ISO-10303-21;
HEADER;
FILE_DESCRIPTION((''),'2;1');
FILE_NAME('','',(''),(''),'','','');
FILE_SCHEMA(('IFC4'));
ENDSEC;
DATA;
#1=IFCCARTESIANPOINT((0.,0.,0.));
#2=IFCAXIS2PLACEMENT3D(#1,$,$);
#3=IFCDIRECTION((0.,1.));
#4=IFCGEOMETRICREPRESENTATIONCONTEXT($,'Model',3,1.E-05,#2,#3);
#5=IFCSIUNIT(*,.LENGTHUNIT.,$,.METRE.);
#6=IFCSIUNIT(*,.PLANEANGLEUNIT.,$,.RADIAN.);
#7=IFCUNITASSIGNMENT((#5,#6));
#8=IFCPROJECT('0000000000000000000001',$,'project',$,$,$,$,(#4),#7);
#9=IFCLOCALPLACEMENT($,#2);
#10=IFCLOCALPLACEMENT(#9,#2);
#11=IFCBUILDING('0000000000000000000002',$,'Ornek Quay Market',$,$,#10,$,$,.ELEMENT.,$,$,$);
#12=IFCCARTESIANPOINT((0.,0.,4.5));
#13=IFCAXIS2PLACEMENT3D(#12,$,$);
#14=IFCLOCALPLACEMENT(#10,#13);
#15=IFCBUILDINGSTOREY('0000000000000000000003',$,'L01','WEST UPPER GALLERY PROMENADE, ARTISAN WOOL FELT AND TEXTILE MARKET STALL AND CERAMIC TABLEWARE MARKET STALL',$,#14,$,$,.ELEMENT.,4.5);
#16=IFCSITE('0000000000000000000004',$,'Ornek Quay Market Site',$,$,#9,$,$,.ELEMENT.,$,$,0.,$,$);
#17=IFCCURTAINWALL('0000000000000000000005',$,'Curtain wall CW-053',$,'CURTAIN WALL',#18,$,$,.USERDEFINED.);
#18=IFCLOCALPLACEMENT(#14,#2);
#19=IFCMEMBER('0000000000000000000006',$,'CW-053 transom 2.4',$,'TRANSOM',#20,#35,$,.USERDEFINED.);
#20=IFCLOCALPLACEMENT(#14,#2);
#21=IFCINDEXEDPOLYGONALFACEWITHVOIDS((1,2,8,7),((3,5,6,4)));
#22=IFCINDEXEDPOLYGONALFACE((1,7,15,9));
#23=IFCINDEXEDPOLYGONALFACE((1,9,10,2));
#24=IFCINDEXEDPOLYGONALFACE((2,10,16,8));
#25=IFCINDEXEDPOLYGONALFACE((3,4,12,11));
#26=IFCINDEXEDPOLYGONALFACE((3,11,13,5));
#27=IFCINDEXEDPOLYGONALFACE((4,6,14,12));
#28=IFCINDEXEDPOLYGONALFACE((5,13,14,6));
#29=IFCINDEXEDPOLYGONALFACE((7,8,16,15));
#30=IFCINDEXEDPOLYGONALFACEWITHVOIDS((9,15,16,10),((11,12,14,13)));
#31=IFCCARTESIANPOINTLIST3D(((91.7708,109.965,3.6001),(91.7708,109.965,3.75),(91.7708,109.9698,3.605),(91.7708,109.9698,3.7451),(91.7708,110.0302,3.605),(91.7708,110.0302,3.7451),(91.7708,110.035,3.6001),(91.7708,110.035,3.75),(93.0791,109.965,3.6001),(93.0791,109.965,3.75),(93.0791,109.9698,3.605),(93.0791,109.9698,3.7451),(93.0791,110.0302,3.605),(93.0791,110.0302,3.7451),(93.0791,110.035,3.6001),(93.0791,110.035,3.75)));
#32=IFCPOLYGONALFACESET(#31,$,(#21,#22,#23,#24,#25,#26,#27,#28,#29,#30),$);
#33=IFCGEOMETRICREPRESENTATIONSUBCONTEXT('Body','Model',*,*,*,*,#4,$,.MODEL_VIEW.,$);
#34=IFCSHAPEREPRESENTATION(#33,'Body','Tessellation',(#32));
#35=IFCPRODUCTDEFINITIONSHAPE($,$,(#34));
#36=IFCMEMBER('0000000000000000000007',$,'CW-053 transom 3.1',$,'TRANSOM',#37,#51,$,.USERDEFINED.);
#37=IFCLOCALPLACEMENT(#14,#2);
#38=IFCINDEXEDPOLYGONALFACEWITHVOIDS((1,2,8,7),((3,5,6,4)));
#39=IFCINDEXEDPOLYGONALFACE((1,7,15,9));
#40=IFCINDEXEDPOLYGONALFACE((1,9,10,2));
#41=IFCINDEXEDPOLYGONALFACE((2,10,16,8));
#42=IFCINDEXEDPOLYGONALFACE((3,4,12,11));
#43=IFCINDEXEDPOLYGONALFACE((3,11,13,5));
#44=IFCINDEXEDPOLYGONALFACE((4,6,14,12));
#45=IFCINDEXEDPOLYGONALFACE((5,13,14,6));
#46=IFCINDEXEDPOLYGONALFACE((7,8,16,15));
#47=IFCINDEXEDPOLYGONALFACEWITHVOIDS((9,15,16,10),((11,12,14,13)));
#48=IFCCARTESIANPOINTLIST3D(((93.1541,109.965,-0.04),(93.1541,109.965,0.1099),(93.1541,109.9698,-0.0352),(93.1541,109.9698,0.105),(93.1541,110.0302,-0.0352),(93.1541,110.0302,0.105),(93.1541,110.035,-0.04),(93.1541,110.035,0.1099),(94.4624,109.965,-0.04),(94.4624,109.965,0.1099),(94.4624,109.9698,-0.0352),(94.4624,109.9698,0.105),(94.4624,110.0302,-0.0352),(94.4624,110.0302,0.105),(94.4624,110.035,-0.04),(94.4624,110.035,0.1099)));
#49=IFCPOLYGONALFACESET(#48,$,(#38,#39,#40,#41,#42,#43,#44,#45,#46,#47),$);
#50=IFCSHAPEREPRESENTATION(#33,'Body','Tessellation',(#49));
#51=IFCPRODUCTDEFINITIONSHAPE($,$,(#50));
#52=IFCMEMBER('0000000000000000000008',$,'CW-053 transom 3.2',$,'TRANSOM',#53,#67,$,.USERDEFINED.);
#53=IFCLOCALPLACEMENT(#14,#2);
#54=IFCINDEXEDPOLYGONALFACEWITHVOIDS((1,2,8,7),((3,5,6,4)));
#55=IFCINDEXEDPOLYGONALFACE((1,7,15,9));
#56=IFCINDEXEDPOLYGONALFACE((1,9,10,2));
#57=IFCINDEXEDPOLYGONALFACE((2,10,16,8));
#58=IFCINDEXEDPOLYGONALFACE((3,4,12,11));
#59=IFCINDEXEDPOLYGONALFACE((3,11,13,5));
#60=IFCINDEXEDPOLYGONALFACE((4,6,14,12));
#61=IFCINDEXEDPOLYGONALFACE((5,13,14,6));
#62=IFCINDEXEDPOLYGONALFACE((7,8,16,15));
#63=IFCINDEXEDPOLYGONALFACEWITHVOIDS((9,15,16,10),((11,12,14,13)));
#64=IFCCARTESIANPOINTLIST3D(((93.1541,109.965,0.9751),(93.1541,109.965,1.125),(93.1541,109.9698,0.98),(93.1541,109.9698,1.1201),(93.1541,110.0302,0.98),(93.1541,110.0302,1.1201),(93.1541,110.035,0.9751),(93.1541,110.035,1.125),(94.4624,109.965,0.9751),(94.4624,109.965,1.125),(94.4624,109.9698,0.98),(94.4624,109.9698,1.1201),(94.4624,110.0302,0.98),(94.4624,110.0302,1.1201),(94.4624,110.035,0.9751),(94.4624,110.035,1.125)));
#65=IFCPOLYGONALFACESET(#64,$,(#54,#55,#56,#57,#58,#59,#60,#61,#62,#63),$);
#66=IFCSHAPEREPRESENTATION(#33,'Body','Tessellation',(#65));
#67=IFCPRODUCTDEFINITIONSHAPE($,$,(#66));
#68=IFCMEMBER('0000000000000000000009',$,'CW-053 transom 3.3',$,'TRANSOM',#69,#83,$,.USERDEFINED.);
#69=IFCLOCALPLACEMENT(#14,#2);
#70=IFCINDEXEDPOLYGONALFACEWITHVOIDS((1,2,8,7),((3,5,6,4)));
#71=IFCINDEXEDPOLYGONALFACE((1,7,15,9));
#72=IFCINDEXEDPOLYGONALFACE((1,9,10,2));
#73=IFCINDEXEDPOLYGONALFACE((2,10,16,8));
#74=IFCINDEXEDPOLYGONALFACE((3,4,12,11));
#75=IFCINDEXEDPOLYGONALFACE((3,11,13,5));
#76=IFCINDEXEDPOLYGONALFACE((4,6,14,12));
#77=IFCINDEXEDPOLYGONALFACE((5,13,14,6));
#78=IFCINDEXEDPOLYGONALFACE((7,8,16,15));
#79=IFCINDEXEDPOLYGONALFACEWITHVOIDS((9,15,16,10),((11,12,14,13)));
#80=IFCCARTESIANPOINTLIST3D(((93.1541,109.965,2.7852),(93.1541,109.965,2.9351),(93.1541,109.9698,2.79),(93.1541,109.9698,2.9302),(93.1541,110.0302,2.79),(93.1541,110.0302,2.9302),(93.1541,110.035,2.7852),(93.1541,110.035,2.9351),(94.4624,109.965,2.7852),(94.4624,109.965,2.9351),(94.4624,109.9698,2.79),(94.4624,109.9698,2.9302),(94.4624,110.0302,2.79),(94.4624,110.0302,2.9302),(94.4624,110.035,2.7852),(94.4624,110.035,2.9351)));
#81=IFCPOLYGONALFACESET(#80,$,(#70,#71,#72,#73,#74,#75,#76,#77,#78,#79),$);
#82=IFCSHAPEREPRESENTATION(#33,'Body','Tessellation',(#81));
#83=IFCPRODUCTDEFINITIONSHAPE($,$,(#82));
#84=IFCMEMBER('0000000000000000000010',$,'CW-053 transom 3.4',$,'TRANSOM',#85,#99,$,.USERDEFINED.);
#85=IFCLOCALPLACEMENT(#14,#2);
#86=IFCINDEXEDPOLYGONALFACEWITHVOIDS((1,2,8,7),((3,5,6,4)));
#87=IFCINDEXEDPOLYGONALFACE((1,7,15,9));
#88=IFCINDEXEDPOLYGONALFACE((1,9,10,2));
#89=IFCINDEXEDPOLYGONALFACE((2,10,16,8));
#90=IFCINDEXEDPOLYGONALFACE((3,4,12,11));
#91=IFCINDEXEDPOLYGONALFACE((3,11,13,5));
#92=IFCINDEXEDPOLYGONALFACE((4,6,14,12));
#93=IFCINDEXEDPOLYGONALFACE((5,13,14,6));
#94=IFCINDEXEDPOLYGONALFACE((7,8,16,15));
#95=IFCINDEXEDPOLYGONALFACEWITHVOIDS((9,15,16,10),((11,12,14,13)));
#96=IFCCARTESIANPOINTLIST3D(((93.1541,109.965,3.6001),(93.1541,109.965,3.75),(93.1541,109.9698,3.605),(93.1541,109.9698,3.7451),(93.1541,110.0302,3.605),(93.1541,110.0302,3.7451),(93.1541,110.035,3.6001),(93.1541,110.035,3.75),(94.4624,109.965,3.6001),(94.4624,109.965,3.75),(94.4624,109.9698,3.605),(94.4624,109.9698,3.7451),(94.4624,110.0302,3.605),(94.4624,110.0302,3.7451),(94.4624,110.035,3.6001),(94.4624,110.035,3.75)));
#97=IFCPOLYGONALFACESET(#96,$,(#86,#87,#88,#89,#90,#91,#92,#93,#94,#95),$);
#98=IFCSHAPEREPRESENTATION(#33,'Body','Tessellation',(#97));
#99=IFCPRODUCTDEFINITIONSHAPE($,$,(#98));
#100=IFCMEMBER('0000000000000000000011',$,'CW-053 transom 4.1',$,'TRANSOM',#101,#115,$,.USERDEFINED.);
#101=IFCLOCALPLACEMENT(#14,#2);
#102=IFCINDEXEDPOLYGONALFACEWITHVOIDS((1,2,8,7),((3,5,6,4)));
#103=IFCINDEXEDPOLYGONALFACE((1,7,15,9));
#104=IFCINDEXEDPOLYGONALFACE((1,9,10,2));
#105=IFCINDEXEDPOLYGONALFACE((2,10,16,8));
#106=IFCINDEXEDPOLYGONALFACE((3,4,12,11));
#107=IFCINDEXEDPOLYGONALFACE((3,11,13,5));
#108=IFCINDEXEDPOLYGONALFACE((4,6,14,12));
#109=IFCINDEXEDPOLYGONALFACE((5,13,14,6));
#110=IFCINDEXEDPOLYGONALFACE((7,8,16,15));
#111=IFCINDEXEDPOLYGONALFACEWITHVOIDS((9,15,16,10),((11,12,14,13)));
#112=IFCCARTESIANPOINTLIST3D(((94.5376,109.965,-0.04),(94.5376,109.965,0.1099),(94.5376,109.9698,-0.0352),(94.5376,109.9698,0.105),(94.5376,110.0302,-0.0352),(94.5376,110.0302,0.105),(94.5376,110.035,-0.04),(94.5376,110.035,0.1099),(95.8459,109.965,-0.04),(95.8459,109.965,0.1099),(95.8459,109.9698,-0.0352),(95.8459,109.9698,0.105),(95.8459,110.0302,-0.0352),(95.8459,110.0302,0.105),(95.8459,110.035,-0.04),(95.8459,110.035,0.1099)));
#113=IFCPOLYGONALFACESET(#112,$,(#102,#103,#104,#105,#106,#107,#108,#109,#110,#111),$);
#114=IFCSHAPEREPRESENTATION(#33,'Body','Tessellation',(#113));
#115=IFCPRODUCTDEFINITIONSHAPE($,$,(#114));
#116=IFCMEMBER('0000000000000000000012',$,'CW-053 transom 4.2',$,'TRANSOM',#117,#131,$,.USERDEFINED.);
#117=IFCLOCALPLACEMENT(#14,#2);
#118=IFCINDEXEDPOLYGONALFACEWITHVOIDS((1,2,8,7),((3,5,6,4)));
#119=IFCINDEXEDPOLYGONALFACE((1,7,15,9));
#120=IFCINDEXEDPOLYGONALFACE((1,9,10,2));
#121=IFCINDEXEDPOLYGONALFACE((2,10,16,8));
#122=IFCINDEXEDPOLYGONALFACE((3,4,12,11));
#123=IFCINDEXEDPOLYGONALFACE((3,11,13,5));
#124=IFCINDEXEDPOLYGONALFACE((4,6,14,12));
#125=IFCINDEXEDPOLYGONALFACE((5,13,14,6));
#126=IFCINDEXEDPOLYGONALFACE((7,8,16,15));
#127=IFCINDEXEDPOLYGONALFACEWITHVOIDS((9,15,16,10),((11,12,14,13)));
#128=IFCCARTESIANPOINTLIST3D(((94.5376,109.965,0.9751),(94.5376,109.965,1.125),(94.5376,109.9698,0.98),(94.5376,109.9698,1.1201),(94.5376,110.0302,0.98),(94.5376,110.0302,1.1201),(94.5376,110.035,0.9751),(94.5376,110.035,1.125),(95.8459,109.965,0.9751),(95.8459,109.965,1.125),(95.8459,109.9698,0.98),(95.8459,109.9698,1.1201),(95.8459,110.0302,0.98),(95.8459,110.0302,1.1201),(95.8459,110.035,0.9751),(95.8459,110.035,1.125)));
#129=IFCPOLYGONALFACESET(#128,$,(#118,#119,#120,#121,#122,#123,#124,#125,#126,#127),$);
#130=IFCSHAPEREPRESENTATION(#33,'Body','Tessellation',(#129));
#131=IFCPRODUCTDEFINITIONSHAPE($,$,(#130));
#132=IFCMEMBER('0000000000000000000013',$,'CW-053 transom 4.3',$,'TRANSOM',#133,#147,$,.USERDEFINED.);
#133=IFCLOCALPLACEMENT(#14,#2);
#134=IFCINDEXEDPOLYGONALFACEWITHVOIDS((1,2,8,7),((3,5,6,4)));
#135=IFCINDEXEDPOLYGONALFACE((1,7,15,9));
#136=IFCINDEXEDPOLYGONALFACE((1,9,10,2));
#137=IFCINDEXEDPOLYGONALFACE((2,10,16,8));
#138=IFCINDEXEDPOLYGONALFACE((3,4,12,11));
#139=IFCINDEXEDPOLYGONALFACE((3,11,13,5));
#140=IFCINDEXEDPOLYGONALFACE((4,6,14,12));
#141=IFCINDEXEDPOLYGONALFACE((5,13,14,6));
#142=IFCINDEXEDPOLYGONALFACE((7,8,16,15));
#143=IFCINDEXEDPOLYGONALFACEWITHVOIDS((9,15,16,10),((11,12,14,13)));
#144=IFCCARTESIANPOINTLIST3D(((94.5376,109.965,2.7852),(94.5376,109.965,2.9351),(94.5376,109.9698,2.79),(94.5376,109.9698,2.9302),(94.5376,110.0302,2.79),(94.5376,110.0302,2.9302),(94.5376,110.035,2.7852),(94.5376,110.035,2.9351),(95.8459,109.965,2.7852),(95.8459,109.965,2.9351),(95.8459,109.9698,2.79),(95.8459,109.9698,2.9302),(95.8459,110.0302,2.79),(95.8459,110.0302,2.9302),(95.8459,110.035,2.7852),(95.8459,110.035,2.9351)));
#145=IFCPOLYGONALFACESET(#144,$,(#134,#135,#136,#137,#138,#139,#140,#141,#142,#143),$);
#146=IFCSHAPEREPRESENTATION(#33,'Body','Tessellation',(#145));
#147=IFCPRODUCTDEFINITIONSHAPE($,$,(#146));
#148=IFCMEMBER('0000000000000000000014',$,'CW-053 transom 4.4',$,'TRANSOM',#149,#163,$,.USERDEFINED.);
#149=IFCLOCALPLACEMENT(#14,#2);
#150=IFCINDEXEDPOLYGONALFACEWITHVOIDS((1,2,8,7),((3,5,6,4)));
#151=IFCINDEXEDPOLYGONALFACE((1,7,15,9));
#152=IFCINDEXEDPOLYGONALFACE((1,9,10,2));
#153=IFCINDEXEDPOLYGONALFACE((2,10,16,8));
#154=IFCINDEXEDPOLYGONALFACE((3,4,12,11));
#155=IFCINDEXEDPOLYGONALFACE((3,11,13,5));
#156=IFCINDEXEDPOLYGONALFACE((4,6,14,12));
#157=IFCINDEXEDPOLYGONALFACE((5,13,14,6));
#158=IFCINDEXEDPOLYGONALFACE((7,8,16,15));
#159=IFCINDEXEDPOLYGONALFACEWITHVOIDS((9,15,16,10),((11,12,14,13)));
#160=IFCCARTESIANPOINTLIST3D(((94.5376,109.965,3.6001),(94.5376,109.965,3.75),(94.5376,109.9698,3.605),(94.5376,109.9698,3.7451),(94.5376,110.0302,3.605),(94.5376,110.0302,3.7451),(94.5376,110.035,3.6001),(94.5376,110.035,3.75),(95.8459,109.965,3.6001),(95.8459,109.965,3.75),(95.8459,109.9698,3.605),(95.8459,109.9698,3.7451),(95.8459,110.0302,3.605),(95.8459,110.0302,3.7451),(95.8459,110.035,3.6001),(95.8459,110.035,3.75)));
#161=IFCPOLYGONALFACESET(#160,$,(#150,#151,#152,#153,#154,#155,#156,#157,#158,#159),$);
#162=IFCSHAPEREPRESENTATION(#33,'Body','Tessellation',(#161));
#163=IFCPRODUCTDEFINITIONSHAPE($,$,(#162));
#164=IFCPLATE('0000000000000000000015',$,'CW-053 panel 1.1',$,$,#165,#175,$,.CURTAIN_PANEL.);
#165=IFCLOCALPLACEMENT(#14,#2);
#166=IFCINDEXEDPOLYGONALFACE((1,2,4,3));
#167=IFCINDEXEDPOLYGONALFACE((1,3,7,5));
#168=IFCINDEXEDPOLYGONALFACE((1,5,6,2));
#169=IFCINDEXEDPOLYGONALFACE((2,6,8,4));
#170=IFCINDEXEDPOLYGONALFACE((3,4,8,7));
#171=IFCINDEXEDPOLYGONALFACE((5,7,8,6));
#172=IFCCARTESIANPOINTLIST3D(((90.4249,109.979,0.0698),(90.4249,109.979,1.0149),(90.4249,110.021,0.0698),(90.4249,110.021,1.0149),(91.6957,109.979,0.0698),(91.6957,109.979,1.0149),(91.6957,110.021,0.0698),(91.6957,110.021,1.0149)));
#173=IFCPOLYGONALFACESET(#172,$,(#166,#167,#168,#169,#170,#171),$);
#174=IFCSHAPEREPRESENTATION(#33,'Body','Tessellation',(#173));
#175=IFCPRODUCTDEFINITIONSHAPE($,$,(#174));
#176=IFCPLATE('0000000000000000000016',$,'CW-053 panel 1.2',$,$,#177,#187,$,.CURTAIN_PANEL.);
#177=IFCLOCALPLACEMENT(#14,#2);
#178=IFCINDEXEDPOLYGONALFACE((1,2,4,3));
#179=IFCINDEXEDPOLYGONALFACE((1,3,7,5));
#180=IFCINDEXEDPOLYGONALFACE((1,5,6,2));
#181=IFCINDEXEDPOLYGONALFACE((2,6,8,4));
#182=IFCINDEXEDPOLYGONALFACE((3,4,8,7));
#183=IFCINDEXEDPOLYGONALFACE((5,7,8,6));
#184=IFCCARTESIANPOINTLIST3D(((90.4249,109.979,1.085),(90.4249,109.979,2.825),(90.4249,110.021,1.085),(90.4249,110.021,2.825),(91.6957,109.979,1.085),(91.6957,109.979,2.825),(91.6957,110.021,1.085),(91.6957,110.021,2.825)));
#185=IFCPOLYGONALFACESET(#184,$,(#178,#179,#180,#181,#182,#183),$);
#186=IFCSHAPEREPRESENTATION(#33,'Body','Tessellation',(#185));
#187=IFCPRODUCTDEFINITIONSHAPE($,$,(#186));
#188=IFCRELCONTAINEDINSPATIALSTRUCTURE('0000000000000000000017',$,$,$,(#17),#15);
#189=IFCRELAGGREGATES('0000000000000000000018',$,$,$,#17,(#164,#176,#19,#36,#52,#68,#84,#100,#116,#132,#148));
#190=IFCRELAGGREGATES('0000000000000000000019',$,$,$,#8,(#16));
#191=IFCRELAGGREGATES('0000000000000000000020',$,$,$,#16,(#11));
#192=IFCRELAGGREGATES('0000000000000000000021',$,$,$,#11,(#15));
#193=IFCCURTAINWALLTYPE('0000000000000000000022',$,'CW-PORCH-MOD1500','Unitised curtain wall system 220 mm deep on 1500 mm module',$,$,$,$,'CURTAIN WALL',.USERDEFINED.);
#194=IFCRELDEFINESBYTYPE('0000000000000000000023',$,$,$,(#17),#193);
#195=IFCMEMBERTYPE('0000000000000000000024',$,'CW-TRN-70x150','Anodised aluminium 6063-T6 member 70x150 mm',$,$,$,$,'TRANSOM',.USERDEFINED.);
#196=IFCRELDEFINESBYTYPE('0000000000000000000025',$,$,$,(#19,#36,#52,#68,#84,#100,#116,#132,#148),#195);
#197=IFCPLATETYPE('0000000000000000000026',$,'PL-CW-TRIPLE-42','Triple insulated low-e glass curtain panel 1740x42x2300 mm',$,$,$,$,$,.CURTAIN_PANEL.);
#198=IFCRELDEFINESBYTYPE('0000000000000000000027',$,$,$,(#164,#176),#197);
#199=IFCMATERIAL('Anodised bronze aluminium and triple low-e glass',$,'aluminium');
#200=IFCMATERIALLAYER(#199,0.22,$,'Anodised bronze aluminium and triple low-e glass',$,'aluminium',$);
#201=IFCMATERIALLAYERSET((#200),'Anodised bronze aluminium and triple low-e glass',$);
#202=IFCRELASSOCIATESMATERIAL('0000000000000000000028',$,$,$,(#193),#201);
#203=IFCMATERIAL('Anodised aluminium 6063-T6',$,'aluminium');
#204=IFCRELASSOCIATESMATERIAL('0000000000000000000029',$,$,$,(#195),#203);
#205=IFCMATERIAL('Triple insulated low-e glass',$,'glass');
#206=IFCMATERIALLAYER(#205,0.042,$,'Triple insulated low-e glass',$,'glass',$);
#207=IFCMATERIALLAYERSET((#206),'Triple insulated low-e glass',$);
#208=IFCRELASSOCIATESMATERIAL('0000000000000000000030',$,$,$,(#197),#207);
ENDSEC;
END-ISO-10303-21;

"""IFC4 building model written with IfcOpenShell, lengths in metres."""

from ifc_helpers import new_model, si_unit, direction, frame, origin, origin_2d, place, context, subcontext, project, spatial, rectangle, hollow_rectangle, extrude, material, layer, layer_set, material_profile, profile_set, type_object, element, aggregate, save


model = new_model("IFC4")

# Units and contexts
model_context = context("Model", 3, precision=1e-05, world=origin(), true_north=direction((0.0, 1.0)))
body_context = subcontext(model_context, "Body", "Model", "MODEL_VIEW")
ifc_project = project(units=[si_unit("LENGTHUNIT", "METRE"), si_unit("PLANEANGLEUNIT", "RADIAN")], contexts=[model_context])

# Site, building, storey
site_placement = place(None, origin())
site = spatial("IfcSite", under=ifc_project, at=site_placement, Name="Ornek Quay Market Site", CompositionType="ELEMENT", RefElevation=0.0)
building_placement = place(site_placement, origin())
building = spatial("IfcBuilding", under=site, at=building_placement, Name="Ornek Quay Market", CompositionType="ELEMENT")
storey_placement = place(building_placement, frame((0.0, 0.0, 4.5)))
storey = spatial("IfcBuildingStorey", under=building, at=storey_placement, Name="L01", Description="WEST UPPER GALLERY PROMENADE, ARTISAN WOOL FELT AND TEXTILE MARKET STALL AND CERAMIC TABLEWARE MARKET STALL", CompositionType="ELEMENT", Elevation=4.5)

# Curtain wall, members, plates
ifc_material_1 = material(Name="Anodised bronze aluminium and triple low-e glass", Category="aluminium")
ifc_layer_1 = layer(ifc_material_1, 0.22, Name="Anodised bronze aluminium and triple low-e glass", Category="aluminium")
ifc_layer_set_1 = layer_set([ifc_layer_1], Name="Anodised bronze aluminium and triple low-e glass")
curtain_wall_type = type_object("IfcCurtainWallType", Name="CW-PORCH-MOD1500", Description="Unitised curtain wall system 220 mm deep on 1500 mm module", ElementType="CURTAIN WALL", PredefinedType="USERDEFINED", material=ifc_layer_set_1)
curtain_wall_placement = place(storey_placement, origin())
curtain_wall = element("IfcCurtainWall", 1, at=curtain_wall_placement, inside=storey, type_object=curtain_wall_type, Name="Curtain wall CW-053", ObjectType="CURTAIN WALL", PredefinedType="USERDEFINED")
ifc_material_2 = material(Name="Anodised aluminium 6063-T6", Category="aluminium")
ifc_material_profile_1 = material_profile(ifc_material_2, hollow_rectangle(XDim=0.0701, YDim=0.1499, WallThickness=0.0049, at=origin_2d()), Name="CW-TRN-70x150", Category="aluminium")
ifc_profile_set_1 = profile_set([ifc_material_profile_1], Name="Anodised aluminium 6063-T6")
member_type_1 = type_object("IfcMemberType", Name="CW-TRN-70x150", Description="Anodised aluminium 6063-T6 member 70x150 mm", ElementType="TRANSOM", PredefinedType="USERDEFINED", material=ifc_profile_set_1)
member_1_placement = place(storey_placement, frame((91.7708, 110.0, 3.675), z_axis=(1.0, 0.0, 0.0), x_axis=(0.0, 1.0, 0.0)))
member_1 = element("IfcMember", 2, at=member_1_placement, type_object=member_type_1, Name="CW-053 transom 2.4", ObjectType="TRANSOM", PredefinedType="USERDEFINED", context=body_context, shape_type="SweptSolid", body=[
    extrude(hollow_rectangle(XDim=0.0701, YDim=0.1499, WallThickness=0.0049, at=origin_2d()), origin(), (0.0, 0.0, 1.0), 1.3083),
])
member_2_placement = place(storey_placement, frame((93.1541, 110.0, 0.0349), z_axis=(1.0, 0.0, 0.0), x_axis=(0.0, 1.0, 0.0)))
member_2 = element("IfcMember", 3, at=member_2_placement, type_object=member_type_1, Name="CW-053 transom 3.1", ObjectType="TRANSOM", PredefinedType="USERDEFINED", context=body_context, shape_type="SweptSolid", body=[
    extrude(hollow_rectangle(XDim=0.0701, YDim=0.1499, WallThickness=0.0049, at=origin_2d()), origin(), (0.0, 0.0, 1.0), 1.3083),
])
member_3_placement = place(storey_placement, frame((93.1541, 110.0, 1.05), z_axis=(1.0, 0.0, 0.0), x_axis=(0.0, 1.0, 0.0)))
member_3 = element("IfcMember", 4, at=member_3_placement, type_object=member_type_1, Name="CW-053 transom 3.2", ObjectType="TRANSOM", PredefinedType="USERDEFINED", context=body_context, shape_type="SweptSolid", body=[
    extrude(hollow_rectangle(XDim=0.0701, YDim=0.1499, WallThickness=0.0049, at=origin_2d()), origin(), (0.0, 0.0, 1.0), 1.3083),
])
member_4_placement = place(storey_placement, frame((93.1541, 110.0, 2.8601), z_axis=(1.0, 0.0, 0.0), x_axis=(0.0, 1.0, 0.0)))
member_4 = element("IfcMember", 5, at=member_4_placement, type_object=member_type_1, Name="CW-053 transom 3.3", ObjectType="TRANSOM", PredefinedType="USERDEFINED", context=body_context, shape_type="SweptSolid", body=[
    extrude(hollow_rectangle(XDim=0.0701, YDim=0.1499, WallThickness=0.0049, at=origin_2d()), origin(), (0.0, 0.0, 1.0), 1.3083),
])
member_5_placement = place(storey_placement, frame((93.1541, 110.0, 3.675), z_axis=(1.0, 0.0, 0.0), x_axis=(0.0, 1.0, 0.0)))
member_5 = element("IfcMember", 6, at=member_5_placement, type_object=member_type_1, Name="CW-053 transom 3.4", ObjectType="TRANSOM", PredefinedType="USERDEFINED", context=body_context, shape_type="SweptSolid", body=[
    extrude(hollow_rectangle(XDim=0.0701, YDim=0.1499, WallThickness=0.0049, at=origin_2d()), origin(), (0.0, 0.0, 1.0), 1.3083),
])
member_6_placement = place(storey_placement, frame((94.5376, 110.0, 0.0349), z_axis=(1.0, 0.0, 0.0), x_axis=(0.0, 1.0, 0.0)))
member_6 = element("IfcMember", 7, at=member_6_placement, type_object=member_type_1, Name="CW-053 transom 4.1", ObjectType="TRANSOM", PredefinedType="USERDEFINED", context=body_context, shape_type="SweptSolid", body=[
    extrude(hollow_rectangle(XDim=0.0701, YDim=0.1499, WallThickness=0.0049, at=origin_2d()), origin(), (0.0, 0.0, 1.0), 1.3083),
])
member_7_placement = place(storey_placement, frame((94.5376, 110.0, 1.05), z_axis=(1.0, 0.0, 0.0), x_axis=(0.0, 1.0, 0.0)))
member_7 = element("IfcMember", 8, at=member_7_placement, type_object=member_type_1, Name="CW-053 transom 4.2", ObjectType="TRANSOM", PredefinedType="USERDEFINED", context=body_context, shape_type="SweptSolid", body=[
    extrude(hollow_rectangle(XDim=0.0701, YDim=0.1499, WallThickness=0.0049, at=origin_2d()), origin(), (0.0, 0.0, 1.0), 1.3083),
])
member_8_placement = place(storey_placement, frame((94.5376, 110.0, 2.8601), z_axis=(1.0, 0.0, 0.0), x_axis=(0.0, 1.0, 0.0)))
member_8 = element("IfcMember", 9, at=member_8_placement, type_object=member_type_1, Name="CW-053 transom 4.3", ObjectType="TRANSOM", PredefinedType="USERDEFINED", context=body_context, shape_type="SweptSolid", body=[
    extrude(hollow_rectangle(XDim=0.0701, YDim=0.1499, WallThickness=0.0049, at=origin_2d()), origin(), (0.0, 0.0, 1.0), 1.3083),
])
member_9_placement = place(storey_placement, frame((94.5376, 110.0, 3.675), z_axis=(1.0, 0.0, 0.0), x_axis=(0.0, 1.0, 0.0)))
member_9 = element("IfcMember", 10, at=member_9_placement, type_object=member_type_1, Name="CW-053 transom 4.4", ObjectType="TRANSOM", PredefinedType="USERDEFINED", context=body_context, shape_type="SweptSolid", body=[
    extrude(hollow_rectangle(XDim=0.0701, YDim=0.1499, WallThickness=0.0049, at=origin_2d()), origin(), (0.0, 0.0, 1.0), 1.3083),
])
ifc_material_3 = material(Name="Triple insulated low-e glass", Category="glass")
ifc_layer_2 = layer(ifc_material_3, 0.042, Name="Triple insulated low-e glass", Category="glass")
ifc_layer_set_2 = layer_set([ifc_layer_2], Name="Triple insulated low-e glass")
plate_type = type_object("IfcPlateType", Name="PL-CW-TRIPLE-42", Description="Triple insulated low-e glass curtain panel 1740x42x2300 mm", PredefinedType="CURTAIN_PANEL", material=ifc_layer_set_2)
plate_1_placement = place(storey_placement, frame((91.0603, 110.0, 0.0698), z_axis=(0.0, 0.0, 1.0), x_axis=(1.0, 0.0, 0.0)))
plate_1 = element("IfcPlate", 11, at=plate_1_placement, type_object=plate_type, Name="CW-053 panel 1.1", PredefinedType="CURTAIN_PANEL", context=body_context, shape_type="SweptSolid", body=[
    extrude(rectangle(XDim=1.2708, YDim=0.042, at=origin_2d()), origin(), (0.0, 0.0, 1.0), 0.9451),
])
plate_2_placement = place(storey_placement, frame((91.0603, 110.0, 1.085), z_axis=(0.0, 0.0, 1.0), x_axis=(1.0, 0.0, 0.0)))
plate_2 = element("IfcPlate", 12, at=plate_2_placement, type_object=plate_type, Name="CW-053 panel 1.2", PredefinedType="CURTAIN_PANEL", context=body_context, shape_type="SweptSolid", body=[
    extrude(rectangle(XDim=1.2708, YDim=0.042, at=origin_2d()), origin(), (0.0, 0.0, 1.0), 1.74),
])
aggregate(curtain_wall, [plate_1, plate_2, member_1, member_2, member_3, member_4, member_5, member_6, member_7, member_8, member_9])

save(model, "model.ifc")
